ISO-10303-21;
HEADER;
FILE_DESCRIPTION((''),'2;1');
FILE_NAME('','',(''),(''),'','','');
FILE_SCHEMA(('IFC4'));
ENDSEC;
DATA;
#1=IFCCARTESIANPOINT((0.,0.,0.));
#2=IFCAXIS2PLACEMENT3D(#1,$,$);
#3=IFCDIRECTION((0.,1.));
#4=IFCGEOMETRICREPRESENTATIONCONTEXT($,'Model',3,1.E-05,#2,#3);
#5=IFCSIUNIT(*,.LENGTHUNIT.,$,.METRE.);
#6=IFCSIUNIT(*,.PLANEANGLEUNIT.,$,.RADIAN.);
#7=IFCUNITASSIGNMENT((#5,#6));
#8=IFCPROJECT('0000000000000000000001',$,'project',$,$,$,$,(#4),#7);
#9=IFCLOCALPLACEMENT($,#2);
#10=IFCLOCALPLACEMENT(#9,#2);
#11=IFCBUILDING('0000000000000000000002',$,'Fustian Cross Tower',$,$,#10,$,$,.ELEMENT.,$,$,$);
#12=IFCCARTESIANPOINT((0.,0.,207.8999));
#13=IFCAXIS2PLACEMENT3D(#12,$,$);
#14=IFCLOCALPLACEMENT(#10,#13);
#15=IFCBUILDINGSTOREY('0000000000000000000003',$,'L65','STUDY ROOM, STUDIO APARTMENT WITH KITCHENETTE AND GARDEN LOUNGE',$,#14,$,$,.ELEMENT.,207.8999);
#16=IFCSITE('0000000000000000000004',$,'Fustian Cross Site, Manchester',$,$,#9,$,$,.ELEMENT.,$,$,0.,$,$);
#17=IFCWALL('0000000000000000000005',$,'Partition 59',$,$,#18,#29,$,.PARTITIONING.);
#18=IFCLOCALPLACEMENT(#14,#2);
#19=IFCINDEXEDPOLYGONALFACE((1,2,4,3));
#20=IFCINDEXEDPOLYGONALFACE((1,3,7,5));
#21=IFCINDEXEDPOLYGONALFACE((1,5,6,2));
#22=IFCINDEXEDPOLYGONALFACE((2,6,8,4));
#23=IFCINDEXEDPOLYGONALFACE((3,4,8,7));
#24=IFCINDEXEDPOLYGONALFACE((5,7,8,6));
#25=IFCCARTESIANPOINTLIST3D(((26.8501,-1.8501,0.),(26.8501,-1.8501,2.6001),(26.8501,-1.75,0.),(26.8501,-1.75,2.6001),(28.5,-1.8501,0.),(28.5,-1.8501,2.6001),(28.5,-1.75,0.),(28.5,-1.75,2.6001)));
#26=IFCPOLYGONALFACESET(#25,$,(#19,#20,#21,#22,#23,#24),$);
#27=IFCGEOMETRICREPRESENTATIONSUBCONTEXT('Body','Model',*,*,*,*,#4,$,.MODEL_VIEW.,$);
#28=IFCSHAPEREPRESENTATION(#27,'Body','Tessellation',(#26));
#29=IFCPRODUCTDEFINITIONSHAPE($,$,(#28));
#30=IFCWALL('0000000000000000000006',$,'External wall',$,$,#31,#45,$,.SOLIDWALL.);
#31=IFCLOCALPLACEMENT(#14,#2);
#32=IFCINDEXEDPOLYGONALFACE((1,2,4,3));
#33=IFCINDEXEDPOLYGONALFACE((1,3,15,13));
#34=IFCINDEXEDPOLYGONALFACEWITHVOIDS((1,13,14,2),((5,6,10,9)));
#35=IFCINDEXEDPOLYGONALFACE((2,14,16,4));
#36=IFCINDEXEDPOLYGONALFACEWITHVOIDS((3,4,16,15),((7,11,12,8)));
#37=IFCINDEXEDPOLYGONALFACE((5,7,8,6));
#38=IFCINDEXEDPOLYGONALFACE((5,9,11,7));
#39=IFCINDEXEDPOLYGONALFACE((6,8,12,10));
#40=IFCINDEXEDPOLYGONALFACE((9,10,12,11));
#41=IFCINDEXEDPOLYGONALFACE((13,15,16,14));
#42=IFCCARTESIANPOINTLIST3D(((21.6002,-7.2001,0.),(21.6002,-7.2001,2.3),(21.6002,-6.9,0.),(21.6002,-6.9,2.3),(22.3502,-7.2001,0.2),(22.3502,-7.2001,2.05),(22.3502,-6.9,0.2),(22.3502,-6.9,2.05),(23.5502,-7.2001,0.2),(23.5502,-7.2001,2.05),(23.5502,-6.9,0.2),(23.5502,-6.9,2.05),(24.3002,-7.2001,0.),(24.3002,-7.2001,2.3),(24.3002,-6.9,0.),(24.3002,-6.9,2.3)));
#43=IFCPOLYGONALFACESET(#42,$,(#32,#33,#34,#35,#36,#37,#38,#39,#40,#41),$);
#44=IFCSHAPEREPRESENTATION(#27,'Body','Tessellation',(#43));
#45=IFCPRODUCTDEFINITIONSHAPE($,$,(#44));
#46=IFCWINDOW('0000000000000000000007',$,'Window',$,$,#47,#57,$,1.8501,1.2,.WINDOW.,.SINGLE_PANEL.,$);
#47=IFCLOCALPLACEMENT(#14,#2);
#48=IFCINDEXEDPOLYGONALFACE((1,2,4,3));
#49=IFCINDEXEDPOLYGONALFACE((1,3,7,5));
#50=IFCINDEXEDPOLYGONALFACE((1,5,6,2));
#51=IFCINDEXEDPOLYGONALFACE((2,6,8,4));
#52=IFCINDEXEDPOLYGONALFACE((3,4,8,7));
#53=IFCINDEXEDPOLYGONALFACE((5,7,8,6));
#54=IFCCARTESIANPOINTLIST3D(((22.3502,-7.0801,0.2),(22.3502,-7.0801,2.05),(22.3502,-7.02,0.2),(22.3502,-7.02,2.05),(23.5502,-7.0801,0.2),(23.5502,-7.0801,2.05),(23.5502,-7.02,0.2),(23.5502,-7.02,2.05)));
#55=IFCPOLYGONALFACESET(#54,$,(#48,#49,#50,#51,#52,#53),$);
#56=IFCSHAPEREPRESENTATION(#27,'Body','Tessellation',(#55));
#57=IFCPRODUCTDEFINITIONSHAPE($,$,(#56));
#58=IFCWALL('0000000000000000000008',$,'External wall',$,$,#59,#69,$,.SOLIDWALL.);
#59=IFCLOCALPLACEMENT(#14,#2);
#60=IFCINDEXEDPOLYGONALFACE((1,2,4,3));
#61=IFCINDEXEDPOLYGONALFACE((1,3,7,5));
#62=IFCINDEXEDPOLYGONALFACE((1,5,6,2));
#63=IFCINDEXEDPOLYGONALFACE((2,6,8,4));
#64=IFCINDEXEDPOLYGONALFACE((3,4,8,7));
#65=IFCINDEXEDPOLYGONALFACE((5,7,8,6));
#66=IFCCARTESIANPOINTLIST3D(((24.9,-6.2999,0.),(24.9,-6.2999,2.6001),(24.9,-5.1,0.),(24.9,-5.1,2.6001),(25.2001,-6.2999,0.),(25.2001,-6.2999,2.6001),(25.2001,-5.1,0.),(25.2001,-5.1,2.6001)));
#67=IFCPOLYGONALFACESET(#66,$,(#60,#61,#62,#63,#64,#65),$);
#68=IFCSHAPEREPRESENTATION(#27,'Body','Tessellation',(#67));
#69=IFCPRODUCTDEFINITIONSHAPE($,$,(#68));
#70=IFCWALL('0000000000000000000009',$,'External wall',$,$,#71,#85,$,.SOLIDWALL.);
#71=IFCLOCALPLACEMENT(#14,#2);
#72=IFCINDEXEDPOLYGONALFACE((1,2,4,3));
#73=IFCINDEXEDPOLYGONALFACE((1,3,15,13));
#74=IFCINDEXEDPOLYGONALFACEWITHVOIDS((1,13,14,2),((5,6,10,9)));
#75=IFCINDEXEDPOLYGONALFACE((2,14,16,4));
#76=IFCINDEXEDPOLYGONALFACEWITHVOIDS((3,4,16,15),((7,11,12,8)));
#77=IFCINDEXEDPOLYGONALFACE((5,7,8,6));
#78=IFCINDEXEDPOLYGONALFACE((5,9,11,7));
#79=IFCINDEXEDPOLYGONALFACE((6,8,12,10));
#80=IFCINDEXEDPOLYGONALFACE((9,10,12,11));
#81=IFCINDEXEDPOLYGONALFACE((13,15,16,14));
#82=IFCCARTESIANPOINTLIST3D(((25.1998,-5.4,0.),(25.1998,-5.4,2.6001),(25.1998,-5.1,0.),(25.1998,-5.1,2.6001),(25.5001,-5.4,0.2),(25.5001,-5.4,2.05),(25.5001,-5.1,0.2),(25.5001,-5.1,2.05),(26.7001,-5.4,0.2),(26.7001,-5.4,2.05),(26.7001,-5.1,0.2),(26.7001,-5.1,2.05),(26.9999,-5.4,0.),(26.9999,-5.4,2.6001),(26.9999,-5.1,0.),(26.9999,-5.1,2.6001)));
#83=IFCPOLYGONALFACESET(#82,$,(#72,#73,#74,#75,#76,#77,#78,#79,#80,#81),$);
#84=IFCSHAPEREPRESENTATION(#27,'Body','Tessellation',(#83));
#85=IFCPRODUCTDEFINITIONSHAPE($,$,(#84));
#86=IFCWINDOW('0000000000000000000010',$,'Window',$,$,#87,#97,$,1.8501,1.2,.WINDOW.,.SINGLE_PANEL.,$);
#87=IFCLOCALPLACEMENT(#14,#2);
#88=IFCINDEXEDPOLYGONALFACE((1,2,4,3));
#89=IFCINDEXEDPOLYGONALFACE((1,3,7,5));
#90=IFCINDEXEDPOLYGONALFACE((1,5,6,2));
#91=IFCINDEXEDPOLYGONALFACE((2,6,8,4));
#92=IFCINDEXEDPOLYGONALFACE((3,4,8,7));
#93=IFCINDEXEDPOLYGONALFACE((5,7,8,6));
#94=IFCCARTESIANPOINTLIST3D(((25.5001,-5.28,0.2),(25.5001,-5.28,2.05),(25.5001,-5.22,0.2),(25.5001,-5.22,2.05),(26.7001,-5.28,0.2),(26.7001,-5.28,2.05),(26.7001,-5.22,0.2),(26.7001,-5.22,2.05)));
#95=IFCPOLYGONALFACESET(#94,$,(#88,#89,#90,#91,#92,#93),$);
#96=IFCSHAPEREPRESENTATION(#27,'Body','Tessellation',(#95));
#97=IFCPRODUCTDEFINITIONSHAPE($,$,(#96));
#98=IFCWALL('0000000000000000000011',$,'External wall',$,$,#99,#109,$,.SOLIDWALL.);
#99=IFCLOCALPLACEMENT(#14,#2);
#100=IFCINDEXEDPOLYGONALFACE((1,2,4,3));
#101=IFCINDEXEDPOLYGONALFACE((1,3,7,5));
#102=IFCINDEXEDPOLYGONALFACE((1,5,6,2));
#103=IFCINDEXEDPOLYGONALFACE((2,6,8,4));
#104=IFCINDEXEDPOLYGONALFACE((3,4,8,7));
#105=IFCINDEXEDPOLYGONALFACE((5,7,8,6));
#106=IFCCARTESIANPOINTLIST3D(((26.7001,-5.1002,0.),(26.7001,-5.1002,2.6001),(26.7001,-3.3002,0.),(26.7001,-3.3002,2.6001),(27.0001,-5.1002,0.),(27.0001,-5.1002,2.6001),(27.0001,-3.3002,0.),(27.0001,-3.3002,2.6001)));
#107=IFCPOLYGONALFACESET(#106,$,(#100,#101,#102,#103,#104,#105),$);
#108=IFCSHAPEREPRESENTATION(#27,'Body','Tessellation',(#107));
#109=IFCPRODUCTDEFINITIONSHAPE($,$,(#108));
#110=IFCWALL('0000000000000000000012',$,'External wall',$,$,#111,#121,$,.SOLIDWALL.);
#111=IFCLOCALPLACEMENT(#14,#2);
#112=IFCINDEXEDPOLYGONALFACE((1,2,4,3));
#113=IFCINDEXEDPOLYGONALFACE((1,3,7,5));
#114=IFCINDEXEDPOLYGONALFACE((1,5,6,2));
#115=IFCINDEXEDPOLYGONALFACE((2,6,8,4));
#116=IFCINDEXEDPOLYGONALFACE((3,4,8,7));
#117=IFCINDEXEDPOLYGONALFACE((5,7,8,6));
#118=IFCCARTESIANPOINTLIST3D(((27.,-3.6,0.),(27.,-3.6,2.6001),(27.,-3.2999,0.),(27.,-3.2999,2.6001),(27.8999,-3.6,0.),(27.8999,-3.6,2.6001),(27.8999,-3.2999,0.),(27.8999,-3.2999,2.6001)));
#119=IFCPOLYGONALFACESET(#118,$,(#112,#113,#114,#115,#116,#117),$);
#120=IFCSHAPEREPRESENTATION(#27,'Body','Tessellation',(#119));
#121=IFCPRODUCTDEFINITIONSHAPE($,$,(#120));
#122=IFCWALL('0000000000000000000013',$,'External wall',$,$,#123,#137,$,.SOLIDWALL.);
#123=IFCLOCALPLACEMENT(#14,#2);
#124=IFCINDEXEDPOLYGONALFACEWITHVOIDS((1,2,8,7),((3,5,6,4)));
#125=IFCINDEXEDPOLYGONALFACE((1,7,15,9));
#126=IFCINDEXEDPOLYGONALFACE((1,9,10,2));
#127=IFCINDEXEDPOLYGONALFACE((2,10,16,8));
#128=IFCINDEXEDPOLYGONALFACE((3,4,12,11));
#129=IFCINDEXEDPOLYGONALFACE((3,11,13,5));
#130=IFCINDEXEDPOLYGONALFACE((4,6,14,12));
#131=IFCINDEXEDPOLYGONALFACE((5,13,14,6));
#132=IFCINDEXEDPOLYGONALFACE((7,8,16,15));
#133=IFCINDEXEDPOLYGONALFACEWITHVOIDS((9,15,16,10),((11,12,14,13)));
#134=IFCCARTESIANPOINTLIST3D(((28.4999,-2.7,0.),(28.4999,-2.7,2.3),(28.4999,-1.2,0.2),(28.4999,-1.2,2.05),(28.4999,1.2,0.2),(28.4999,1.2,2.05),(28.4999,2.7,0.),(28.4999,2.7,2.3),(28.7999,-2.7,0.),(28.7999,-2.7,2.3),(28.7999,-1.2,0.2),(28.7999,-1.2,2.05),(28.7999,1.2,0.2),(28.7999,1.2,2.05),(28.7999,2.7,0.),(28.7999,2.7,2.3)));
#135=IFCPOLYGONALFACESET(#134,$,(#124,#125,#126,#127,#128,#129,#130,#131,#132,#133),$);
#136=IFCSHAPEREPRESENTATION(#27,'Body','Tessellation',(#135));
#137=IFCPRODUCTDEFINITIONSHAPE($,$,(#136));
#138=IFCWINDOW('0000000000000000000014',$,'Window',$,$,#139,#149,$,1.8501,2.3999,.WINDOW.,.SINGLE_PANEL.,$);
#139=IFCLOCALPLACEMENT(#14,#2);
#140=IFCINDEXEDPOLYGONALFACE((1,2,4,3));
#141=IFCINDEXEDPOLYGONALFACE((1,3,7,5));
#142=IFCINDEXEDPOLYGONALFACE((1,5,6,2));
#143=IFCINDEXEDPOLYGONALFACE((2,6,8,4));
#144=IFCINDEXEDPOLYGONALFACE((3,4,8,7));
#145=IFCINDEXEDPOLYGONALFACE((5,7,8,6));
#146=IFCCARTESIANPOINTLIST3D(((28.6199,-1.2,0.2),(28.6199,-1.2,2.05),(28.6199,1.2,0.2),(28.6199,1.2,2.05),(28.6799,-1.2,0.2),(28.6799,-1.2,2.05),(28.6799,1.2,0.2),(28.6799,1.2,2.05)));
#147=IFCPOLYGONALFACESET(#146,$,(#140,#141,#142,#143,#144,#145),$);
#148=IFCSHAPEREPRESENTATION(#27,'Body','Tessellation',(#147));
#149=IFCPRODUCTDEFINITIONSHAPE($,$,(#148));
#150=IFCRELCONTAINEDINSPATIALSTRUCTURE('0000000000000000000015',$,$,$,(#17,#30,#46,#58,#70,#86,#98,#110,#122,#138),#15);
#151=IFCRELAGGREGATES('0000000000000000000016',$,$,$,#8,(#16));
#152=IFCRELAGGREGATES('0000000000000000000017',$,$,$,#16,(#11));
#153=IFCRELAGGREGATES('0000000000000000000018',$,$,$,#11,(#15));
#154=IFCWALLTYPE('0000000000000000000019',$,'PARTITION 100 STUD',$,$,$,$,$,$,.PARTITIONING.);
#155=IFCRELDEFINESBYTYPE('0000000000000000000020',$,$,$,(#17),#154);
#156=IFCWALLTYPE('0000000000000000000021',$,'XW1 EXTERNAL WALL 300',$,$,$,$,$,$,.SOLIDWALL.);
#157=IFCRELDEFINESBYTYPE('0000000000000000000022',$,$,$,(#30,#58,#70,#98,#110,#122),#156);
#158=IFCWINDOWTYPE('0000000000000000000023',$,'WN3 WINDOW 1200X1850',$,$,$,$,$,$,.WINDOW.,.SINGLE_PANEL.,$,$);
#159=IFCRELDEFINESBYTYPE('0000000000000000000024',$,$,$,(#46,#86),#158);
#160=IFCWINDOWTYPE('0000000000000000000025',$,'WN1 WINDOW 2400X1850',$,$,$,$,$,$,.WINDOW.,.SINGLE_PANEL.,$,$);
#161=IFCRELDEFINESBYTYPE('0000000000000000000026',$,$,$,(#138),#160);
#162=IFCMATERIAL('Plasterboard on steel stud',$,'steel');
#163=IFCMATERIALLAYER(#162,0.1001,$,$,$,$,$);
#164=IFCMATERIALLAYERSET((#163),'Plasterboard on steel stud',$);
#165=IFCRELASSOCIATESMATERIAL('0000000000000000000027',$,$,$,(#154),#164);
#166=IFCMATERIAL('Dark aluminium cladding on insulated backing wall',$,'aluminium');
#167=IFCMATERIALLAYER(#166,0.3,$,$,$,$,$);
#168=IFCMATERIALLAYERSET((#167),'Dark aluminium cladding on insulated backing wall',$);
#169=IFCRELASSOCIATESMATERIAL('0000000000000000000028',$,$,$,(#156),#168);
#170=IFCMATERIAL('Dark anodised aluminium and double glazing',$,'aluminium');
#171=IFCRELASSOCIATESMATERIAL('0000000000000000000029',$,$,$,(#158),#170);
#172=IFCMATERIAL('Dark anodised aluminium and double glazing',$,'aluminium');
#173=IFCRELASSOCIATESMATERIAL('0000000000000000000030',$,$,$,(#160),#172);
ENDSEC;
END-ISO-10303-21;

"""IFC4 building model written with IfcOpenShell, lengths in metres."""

from ifc_helpers import new_model, si_unit, direction, frame, frame_2d, origin, place, context, subcontext, project, spatial, rectangle, extrude, material, layer, layer_set, type_object, element, fill, save


model = new_model("IFC4")

# Units and contexts
model_context = context("Model", 3, precision=1e-05, world=origin(), true_north=direction((0.0, 1.0)))
body_context = subcontext(model_context, "Body", "Model", "MODEL_VIEW")
ifc_project = project(units=[si_unit("LENGTHUNIT", "METRE"), si_unit("PLANEANGLEUNIT", "RADIAN")], contexts=[model_context])

# Site, building, storey
site_placement = place(None, origin())
site = spatial("IfcSite", under=ifc_project, at=site_placement, Name="Fustian Cross Site, Manchester", CompositionType="ELEMENT", RefElevation=0.0)
building_placement = place(site_placement, origin())
building = spatial("IfcBuilding", under=site, at=building_placement, Name="Fustian Cross Tower", CompositionType="ELEMENT")
storey_placement = place(building_placement, frame((0.0, 0.0, 207.8999)))
storey = spatial("IfcBuildingStorey", under=building, at=storey_placement, Name="L65", Description="STUDY ROOM, STUDIO APARTMENT WITH KITCHENETTE AND GARDEN LOUNGE", CompositionType="ELEMENT", Elevation=207.8999)

# Shared definitions
ifc_material_1 = material(Name="Plasterboard on steel stud", Category="steel")
ifc_layer_1 = layer(ifc_material_1, 0.1001)
ifc_layer_set_1 = layer_set([ifc_layer_1], Name="Plasterboard on steel stud")
wall_type_1 = type_object("IfcWallType", Name="PARTITION 100 STUD", PredefinedType="PARTITIONING", material=ifc_layer_set_1)

# Wall
wall_1_placement = place(storey_placement, frame((26.8501, -1.8, 0.0), z_axis=(0.0, 0.0, 1.0), x_axis=(1.0, 0.0, 0.0)))
element("IfcWall", 1, at=wall_1_placement, inside=storey, type_object=wall_type_1, Name="Partition 59", PredefinedType="PARTITIONING", context=body_context, shape_type="SweptSolid", body=[
    extrude(rectangle(XDim=1.6499, YDim=0.1001, at=frame_2d((0.825, 0.0))), origin(), (0.0, 0.0, 1.0), 2.6001),
])

# Wall, opening, window
ifc_material_2 = material(Name="Dark aluminium cladding on insulated backing wall", Category="aluminium")
ifc_layer_2 = layer(ifc_material_2, 0.3)
ifc_layer_set_2 = layer_set([ifc_layer_2], Name="Dark aluminium cladding on insulated backing wall")
wall_type_2 = type_object("IfcWallType", Name="XW1 EXTERNAL WALL 300", PredefinedType="SOLIDWALL", material=ifc_layer_set_2)
wall_2_placement = place(storey_placement, frame((21.6001, -7.05, 0.0), z_axis=(0.0, 0.0, 1.0), x_axis=(1.0, 0.0, 0.0)))
wall_2 = element("IfcWall", 2, at=wall_2_placement, inside=storey, type_object=wall_type_2, Name="External wall", PredefinedType="SOLIDWALL", context=body_context, shape_type="SweptSolid", body=[
    extrude(rectangle(XDim=2.7, YDim=0.3, at=frame_2d((1.3501, 0.0))), origin(), (0.0, 0.0, 1.0), 2.3),
])
opening_1_placement = place(wall_2_placement, frame((0.75, 0.0, 0.2)))
opening_1 = element("IfcOpeningElement", 3, at=opening_1_placement, cuts=wall_2, PredefinedType="OPENING", context=body_context, shape_type="SweptSolid", body=[
    extrude(rectangle(XDim=1.2, YDim=1.8501, at=frame_2d((0.6001, 0.925))), frame((0.0, 0.1599, 0.0), z_axis=(0.0, -1.0, 0.0), x_axis=(1.0, 0.0, 0.0)), (0.0, 0.0, 1.0), 0.3201),
])
ifc_material_3 = material(Name="Dark anodised aluminium and double glazing", Category="aluminium")
window_type_1 = type_object("IfcWindowType", Name="WN3 WINDOW 1200X1850", PartitioningType="SINGLE_PANEL", PredefinedType="WINDOW", material=ifc_material_3)
window_1_placement = place(opening_1_placement, origin())
window_1 = element("IfcWindow", 4, at=window_1_placement, inside=storey, type_object=window_type_1, Name="Window", OverallHeight=1.8501, OverallWidth=1.2, PartitioningType="SINGLE_PANEL", PredefinedType="WINDOW", context=body_context, shape_type="SweptSolid", body=[
    extrude(rectangle(XDim=1.2, YDim=1.8501, at=frame_2d((0.6001, 0.925))), frame((0.0, 0.03, 0.0), z_axis=(0.0, -1.0, 0.0), x_axis=(1.0, 0.0, 0.0)), (0.0, 0.0, 1.0), 0.0601),
])
fill(opening_1, window_1)

# Wall
wall_3_placement = place(storey_placement, frame((25.05, -6.3, 0.0), z_axis=(0.0, 0.0, 1.0), x_axis=(0.0, 1.0, 0.0)))
element("IfcWall", 5, at=wall_3_placement, inside=storey, type_object=wall_type_2, Name="External wall", PredefinedType="SOLIDWALL", context=body_context, shape_type="SweptSolid", body=[
    extrude(rectangle(XDim=1.2, YDim=0.3, at=frame_2d((0.6001, 0.0))), origin(), (0.0, 0.0, 1.0), 2.6001),
])

# Wall, opening, window
wall_4_placement = place(storey_placement, frame((25.2, -5.25, 0.0), z_axis=(0.0, 0.0, 1.0), x_axis=(1.0, 0.0, 0.0)))
wall_4 = element("IfcWall", 6, at=wall_4_placement, inside=storey, type_object=wall_type_2, Name="External wall", PredefinedType="SOLIDWALL", context=body_context, shape_type="SweptSolid", body=[
    extrude(rectangle(XDim=1.8, YDim=0.3, at=frame_2d((0.8999, 0.0))), origin(), (0.0, 0.0, 1.0), 2.6001),
])
opening_2_placement = place(wall_4_placement, frame((0.3, 0.0, 0.2)))
opening_2 = element("IfcOpeningElement", 7, at=opening_2_placement, cuts=wall_4, PredefinedType="OPENING", context=body_context, shape_type="SweptSolid", body=[
    extrude(rectangle(XDim=1.2, YDim=1.8501, at=frame_2d((0.6001, 0.925))), frame((0.0, 0.1599, 0.0), z_axis=(0.0, -1.0, 0.0), x_axis=(1.0, 0.0, 0.0)), (0.0, 0.0, 1.0), 0.3201),
])
window_2_placement = place(opening_2_placement, origin())
window_2 = element("IfcWindow", 8, at=window_2_placement, inside=storey, type_object=window_type_1, Name="Window", OverallHeight=1.8501, OverallWidth=1.2, PartitioningType="SINGLE_PANEL", PredefinedType="WINDOW", context=body_context, shape_type="SweptSolid", body=[
    extrude(rectangle(XDim=1.2, YDim=1.8501, at=frame_2d((0.6001, 0.925))), frame((0.0, 0.03, 0.0), z_axis=(0.0, -1.0, 0.0), x_axis=(1.0, 0.0, 0.0)), (0.0, 0.0, 1.0), 0.0601),
])
fill(opening_2, window_2)

# Walls
wall_5_placement = place(storey_placement, frame((26.8501, -5.1001, 0.0), z_axis=(0.0, 0.0, 1.0), x_axis=(0.0, 1.0, 0.0)))
element("IfcWall", 9, at=wall_5_placement, inside=storey, type_object=wall_type_2, Name="External wall", PredefinedType="SOLIDWALL", context=body_context, shape_type="SweptSolid", body=[
    extrude(rectangle(XDim=1.8, YDim=0.3, at=frame_2d((0.8999, 0.0))), origin(), (0.0, 0.0, 1.0), 2.6001),
])
wall_6_placement = place(storey_placement, frame((27.0, -3.45, 0.0), z_axis=(0.0, 0.0, 1.0), x_axis=(1.0, 0.0, 0.0)))
element("IfcWall", 10, at=wall_6_placement, inside=storey, type_object=wall_type_2, Name="External wall", PredefinedType="SOLIDWALL", context=body_context, shape_type="SweptSolid", body=[
    extrude(rectangle(XDim=0.8999, YDim=0.3, at=frame_2d((0.45, 0.0))), origin(), (0.0, 0.0, 1.0), 2.6001),
])

# Wall, opening, window
wall_7_placement = place(storey_placement, frame((28.6499, -2.7, 0.0), z_axis=(0.0, 0.0, 1.0), x_axis=(0.0, 1.0, 0.0)))
wall_7 = element("IfcWall", 11, at=wall_7_placement, inside=storey, type_object=wall_type_2, Name="External wall", PredefinedType="SOLIDWALL", context=body_context, shape_type="SweptSolid", body=[
    extrude(rectangle(XDim=5.3999, YDim=0.3, at=frame_2d((2.7, 0.0))), origin(), (0.0, 0.0, 1.0), 2.3),
])
opening_3_placement = place(wall_7_placement, frame((1.5, 0.0, 0.2)))
opening_3 = element("IfcOpeningElement", 12, at=opening_3_placement, cuts=wall_7, PredefinedType="OPENING", context=body_context, shape_type="SweptSolid", body=[
    extrude(rectangle(XDim=2.3999, YDim=1.8501, at=frame_2d((1.2, 0.925))), frame((0.0, 0.1599, 0.0), z_axis=(0.0, -1.0, 0.0), x_axis=(1.0, 0.0, 0.0)), (0.0, 0.0, 1.0), 0.3201),
])
ifc_material_4 = material(Name="Dark anodised aluminium and double glazing", Category="aluminium")
window_type_2 = type_object("IfcWindowType", Name="WN1 WINDOW 2400X1850", PartitioningType="SINGLE_PANEL", PredefinedType="WINDOW", material=ifc_material_4)
window_3_placement = place(opening_3_placement, origin())
window_3 = element("IfcWindow", 13, at=window_3_placement, inside=storey, type_object=window_type_2, Name="Window", OverallHeight=1.8501, OverallWidth=2.3999, PartitioningType="SINGLE_PANEL", PredefinedType="WINDOW", context=body_context, shape_type="SweptSolid", body=[
    extrude(rectangle(XDim=2.3999, YDim=1.8501, at=frame_2d((1.2, 0.925))), frame((0.0, 0.03, 0.0), z_axis=(0.0, -1.0, 0.0), x_axis=(1.0, 0.0, 0.0)), (0.0, 0.0, 1.0), 0.0601),
])
fill(opening_3, window_3)

save(model, "model.ifc")
